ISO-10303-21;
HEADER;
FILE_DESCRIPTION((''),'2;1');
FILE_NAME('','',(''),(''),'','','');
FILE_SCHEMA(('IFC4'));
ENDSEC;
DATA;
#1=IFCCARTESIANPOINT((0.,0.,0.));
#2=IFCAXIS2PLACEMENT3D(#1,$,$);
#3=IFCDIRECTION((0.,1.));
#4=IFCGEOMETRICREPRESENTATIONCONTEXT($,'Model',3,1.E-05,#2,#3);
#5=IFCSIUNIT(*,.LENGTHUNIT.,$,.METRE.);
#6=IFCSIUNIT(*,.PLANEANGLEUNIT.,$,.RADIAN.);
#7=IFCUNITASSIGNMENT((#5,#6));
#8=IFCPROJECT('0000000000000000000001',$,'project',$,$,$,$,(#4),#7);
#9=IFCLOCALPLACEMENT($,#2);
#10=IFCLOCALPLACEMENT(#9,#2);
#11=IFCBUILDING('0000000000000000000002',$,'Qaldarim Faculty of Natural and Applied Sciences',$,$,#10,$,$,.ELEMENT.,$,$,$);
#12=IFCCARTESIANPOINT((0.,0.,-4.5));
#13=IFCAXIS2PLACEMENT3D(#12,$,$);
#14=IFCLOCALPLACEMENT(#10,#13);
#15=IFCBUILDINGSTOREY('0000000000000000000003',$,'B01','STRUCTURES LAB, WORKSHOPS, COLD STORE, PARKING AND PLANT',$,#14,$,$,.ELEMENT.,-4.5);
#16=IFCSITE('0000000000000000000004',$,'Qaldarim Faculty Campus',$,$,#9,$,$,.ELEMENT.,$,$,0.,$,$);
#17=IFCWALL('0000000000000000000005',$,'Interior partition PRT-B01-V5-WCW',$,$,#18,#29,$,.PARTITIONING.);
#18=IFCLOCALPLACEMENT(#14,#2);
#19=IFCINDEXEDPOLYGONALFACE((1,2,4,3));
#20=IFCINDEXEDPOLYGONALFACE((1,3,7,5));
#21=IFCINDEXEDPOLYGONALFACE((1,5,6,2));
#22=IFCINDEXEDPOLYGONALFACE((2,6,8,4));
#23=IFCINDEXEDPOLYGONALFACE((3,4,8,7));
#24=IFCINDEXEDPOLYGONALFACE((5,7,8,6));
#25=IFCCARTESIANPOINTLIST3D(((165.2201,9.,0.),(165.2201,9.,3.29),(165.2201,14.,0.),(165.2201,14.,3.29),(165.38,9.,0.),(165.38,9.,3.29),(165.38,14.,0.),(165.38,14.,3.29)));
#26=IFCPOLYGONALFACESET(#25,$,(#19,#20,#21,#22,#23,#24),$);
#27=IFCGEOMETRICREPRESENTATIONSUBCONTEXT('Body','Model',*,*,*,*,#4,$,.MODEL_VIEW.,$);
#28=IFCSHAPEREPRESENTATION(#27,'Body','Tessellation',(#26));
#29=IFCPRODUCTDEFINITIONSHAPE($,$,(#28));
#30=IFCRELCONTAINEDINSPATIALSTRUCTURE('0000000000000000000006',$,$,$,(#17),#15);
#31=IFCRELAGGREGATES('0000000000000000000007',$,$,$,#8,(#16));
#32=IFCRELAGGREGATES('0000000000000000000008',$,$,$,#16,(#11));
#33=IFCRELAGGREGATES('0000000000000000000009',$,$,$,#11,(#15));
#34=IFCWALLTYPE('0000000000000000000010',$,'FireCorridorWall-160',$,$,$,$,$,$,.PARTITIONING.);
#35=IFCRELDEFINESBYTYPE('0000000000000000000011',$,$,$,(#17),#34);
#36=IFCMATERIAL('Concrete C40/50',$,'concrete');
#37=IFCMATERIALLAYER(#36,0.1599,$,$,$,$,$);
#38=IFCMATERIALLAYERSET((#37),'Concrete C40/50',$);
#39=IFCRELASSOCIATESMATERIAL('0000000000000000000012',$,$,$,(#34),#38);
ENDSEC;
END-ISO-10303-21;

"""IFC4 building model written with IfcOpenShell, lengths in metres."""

from ifc_helpers import new_model, si_unit, direction, frame, frame_2d, origin, place, context, subcontext, project, spatial, rectangle, extrude, material, layer, layer_set, type_object, element, save


model = new_model("IFC4")

# Units and contexts
model_context = context("Model", 3, precision=1e-05, world=origin(), true_north=direction((0.0, 1.0)))
body_context = subcontext(model_context, "Body", "Model", "MODEL_VIEW")
ifc_project = project(units=[si_unit("LENGTHUNIT", "METRE"), si_unit("PLANEANGLEUNIT", "RADIAN")], contexts=[model_context])

# Site, building, storey
site_placement = place(None, origin())
site = spatial("IfcSite", under=ifc_project, at=site_placement, Name="Qaldarim Faculty Campus", CompositionType="ELEMENT", RefElevation=0.0)
building_placement = place(site_placement, origin())
building = spatial("IfcBuilding", under=site, at=building_placement, Name="Qaldarim Faculty of Natural and Applied Sciences", CompositionType="ELEMENT")
storey_placement = place(building_placement, frame((0.0, 0.0, -4.5)))
storey = spatial("IfcBuildingStorey", under=building, at=storey_placement, Name="B01", Description="STRUCTURES LAB, WORKSHOPS, COLD STORE, PARKING AND PLANT", CompositionType="ELEMENT", Elevation=-4.5)

# Shared definitions
ifc_material_1 = material(Name="Concrete C40/50", Category="concrete")

# Shared definitions
ifc_layer_1 = layer(ifc_material_1, 0.1599)
ifc_layer_set_1 = layer_set([ifc_layer_1], Name="Concrete C40/50")
wall_type_1 = type_object("IfcWallType", Name="FireCorridorWall-160", PredefinedType="PARTITIONING", material=ifc_layer_set_1)

# Wall
wall_1_placement = place(storey_placement, frame((165.3, 9.0, 0.0), z_axis=(0.0, 0.0, 1.0), x_axis=(0.0, 1.0, 0.0)))
element("IfcWall", 1, at=wall_1_placement, inside=storey, type_object=wall_type_1, Name="Interior partition PRT-B01-V5-WCW", PredefinedType="PARTITIONING", context=body_context, shape_type="SweptSolid", body=[
    extrude(rectangle(XDim=5.0, YDim=0.1599, at=frame_2d((2.5, 0.0))), origin(), (0.0, 0.0, 1.0), 3.29),
])

save(model, "model.ifc")
